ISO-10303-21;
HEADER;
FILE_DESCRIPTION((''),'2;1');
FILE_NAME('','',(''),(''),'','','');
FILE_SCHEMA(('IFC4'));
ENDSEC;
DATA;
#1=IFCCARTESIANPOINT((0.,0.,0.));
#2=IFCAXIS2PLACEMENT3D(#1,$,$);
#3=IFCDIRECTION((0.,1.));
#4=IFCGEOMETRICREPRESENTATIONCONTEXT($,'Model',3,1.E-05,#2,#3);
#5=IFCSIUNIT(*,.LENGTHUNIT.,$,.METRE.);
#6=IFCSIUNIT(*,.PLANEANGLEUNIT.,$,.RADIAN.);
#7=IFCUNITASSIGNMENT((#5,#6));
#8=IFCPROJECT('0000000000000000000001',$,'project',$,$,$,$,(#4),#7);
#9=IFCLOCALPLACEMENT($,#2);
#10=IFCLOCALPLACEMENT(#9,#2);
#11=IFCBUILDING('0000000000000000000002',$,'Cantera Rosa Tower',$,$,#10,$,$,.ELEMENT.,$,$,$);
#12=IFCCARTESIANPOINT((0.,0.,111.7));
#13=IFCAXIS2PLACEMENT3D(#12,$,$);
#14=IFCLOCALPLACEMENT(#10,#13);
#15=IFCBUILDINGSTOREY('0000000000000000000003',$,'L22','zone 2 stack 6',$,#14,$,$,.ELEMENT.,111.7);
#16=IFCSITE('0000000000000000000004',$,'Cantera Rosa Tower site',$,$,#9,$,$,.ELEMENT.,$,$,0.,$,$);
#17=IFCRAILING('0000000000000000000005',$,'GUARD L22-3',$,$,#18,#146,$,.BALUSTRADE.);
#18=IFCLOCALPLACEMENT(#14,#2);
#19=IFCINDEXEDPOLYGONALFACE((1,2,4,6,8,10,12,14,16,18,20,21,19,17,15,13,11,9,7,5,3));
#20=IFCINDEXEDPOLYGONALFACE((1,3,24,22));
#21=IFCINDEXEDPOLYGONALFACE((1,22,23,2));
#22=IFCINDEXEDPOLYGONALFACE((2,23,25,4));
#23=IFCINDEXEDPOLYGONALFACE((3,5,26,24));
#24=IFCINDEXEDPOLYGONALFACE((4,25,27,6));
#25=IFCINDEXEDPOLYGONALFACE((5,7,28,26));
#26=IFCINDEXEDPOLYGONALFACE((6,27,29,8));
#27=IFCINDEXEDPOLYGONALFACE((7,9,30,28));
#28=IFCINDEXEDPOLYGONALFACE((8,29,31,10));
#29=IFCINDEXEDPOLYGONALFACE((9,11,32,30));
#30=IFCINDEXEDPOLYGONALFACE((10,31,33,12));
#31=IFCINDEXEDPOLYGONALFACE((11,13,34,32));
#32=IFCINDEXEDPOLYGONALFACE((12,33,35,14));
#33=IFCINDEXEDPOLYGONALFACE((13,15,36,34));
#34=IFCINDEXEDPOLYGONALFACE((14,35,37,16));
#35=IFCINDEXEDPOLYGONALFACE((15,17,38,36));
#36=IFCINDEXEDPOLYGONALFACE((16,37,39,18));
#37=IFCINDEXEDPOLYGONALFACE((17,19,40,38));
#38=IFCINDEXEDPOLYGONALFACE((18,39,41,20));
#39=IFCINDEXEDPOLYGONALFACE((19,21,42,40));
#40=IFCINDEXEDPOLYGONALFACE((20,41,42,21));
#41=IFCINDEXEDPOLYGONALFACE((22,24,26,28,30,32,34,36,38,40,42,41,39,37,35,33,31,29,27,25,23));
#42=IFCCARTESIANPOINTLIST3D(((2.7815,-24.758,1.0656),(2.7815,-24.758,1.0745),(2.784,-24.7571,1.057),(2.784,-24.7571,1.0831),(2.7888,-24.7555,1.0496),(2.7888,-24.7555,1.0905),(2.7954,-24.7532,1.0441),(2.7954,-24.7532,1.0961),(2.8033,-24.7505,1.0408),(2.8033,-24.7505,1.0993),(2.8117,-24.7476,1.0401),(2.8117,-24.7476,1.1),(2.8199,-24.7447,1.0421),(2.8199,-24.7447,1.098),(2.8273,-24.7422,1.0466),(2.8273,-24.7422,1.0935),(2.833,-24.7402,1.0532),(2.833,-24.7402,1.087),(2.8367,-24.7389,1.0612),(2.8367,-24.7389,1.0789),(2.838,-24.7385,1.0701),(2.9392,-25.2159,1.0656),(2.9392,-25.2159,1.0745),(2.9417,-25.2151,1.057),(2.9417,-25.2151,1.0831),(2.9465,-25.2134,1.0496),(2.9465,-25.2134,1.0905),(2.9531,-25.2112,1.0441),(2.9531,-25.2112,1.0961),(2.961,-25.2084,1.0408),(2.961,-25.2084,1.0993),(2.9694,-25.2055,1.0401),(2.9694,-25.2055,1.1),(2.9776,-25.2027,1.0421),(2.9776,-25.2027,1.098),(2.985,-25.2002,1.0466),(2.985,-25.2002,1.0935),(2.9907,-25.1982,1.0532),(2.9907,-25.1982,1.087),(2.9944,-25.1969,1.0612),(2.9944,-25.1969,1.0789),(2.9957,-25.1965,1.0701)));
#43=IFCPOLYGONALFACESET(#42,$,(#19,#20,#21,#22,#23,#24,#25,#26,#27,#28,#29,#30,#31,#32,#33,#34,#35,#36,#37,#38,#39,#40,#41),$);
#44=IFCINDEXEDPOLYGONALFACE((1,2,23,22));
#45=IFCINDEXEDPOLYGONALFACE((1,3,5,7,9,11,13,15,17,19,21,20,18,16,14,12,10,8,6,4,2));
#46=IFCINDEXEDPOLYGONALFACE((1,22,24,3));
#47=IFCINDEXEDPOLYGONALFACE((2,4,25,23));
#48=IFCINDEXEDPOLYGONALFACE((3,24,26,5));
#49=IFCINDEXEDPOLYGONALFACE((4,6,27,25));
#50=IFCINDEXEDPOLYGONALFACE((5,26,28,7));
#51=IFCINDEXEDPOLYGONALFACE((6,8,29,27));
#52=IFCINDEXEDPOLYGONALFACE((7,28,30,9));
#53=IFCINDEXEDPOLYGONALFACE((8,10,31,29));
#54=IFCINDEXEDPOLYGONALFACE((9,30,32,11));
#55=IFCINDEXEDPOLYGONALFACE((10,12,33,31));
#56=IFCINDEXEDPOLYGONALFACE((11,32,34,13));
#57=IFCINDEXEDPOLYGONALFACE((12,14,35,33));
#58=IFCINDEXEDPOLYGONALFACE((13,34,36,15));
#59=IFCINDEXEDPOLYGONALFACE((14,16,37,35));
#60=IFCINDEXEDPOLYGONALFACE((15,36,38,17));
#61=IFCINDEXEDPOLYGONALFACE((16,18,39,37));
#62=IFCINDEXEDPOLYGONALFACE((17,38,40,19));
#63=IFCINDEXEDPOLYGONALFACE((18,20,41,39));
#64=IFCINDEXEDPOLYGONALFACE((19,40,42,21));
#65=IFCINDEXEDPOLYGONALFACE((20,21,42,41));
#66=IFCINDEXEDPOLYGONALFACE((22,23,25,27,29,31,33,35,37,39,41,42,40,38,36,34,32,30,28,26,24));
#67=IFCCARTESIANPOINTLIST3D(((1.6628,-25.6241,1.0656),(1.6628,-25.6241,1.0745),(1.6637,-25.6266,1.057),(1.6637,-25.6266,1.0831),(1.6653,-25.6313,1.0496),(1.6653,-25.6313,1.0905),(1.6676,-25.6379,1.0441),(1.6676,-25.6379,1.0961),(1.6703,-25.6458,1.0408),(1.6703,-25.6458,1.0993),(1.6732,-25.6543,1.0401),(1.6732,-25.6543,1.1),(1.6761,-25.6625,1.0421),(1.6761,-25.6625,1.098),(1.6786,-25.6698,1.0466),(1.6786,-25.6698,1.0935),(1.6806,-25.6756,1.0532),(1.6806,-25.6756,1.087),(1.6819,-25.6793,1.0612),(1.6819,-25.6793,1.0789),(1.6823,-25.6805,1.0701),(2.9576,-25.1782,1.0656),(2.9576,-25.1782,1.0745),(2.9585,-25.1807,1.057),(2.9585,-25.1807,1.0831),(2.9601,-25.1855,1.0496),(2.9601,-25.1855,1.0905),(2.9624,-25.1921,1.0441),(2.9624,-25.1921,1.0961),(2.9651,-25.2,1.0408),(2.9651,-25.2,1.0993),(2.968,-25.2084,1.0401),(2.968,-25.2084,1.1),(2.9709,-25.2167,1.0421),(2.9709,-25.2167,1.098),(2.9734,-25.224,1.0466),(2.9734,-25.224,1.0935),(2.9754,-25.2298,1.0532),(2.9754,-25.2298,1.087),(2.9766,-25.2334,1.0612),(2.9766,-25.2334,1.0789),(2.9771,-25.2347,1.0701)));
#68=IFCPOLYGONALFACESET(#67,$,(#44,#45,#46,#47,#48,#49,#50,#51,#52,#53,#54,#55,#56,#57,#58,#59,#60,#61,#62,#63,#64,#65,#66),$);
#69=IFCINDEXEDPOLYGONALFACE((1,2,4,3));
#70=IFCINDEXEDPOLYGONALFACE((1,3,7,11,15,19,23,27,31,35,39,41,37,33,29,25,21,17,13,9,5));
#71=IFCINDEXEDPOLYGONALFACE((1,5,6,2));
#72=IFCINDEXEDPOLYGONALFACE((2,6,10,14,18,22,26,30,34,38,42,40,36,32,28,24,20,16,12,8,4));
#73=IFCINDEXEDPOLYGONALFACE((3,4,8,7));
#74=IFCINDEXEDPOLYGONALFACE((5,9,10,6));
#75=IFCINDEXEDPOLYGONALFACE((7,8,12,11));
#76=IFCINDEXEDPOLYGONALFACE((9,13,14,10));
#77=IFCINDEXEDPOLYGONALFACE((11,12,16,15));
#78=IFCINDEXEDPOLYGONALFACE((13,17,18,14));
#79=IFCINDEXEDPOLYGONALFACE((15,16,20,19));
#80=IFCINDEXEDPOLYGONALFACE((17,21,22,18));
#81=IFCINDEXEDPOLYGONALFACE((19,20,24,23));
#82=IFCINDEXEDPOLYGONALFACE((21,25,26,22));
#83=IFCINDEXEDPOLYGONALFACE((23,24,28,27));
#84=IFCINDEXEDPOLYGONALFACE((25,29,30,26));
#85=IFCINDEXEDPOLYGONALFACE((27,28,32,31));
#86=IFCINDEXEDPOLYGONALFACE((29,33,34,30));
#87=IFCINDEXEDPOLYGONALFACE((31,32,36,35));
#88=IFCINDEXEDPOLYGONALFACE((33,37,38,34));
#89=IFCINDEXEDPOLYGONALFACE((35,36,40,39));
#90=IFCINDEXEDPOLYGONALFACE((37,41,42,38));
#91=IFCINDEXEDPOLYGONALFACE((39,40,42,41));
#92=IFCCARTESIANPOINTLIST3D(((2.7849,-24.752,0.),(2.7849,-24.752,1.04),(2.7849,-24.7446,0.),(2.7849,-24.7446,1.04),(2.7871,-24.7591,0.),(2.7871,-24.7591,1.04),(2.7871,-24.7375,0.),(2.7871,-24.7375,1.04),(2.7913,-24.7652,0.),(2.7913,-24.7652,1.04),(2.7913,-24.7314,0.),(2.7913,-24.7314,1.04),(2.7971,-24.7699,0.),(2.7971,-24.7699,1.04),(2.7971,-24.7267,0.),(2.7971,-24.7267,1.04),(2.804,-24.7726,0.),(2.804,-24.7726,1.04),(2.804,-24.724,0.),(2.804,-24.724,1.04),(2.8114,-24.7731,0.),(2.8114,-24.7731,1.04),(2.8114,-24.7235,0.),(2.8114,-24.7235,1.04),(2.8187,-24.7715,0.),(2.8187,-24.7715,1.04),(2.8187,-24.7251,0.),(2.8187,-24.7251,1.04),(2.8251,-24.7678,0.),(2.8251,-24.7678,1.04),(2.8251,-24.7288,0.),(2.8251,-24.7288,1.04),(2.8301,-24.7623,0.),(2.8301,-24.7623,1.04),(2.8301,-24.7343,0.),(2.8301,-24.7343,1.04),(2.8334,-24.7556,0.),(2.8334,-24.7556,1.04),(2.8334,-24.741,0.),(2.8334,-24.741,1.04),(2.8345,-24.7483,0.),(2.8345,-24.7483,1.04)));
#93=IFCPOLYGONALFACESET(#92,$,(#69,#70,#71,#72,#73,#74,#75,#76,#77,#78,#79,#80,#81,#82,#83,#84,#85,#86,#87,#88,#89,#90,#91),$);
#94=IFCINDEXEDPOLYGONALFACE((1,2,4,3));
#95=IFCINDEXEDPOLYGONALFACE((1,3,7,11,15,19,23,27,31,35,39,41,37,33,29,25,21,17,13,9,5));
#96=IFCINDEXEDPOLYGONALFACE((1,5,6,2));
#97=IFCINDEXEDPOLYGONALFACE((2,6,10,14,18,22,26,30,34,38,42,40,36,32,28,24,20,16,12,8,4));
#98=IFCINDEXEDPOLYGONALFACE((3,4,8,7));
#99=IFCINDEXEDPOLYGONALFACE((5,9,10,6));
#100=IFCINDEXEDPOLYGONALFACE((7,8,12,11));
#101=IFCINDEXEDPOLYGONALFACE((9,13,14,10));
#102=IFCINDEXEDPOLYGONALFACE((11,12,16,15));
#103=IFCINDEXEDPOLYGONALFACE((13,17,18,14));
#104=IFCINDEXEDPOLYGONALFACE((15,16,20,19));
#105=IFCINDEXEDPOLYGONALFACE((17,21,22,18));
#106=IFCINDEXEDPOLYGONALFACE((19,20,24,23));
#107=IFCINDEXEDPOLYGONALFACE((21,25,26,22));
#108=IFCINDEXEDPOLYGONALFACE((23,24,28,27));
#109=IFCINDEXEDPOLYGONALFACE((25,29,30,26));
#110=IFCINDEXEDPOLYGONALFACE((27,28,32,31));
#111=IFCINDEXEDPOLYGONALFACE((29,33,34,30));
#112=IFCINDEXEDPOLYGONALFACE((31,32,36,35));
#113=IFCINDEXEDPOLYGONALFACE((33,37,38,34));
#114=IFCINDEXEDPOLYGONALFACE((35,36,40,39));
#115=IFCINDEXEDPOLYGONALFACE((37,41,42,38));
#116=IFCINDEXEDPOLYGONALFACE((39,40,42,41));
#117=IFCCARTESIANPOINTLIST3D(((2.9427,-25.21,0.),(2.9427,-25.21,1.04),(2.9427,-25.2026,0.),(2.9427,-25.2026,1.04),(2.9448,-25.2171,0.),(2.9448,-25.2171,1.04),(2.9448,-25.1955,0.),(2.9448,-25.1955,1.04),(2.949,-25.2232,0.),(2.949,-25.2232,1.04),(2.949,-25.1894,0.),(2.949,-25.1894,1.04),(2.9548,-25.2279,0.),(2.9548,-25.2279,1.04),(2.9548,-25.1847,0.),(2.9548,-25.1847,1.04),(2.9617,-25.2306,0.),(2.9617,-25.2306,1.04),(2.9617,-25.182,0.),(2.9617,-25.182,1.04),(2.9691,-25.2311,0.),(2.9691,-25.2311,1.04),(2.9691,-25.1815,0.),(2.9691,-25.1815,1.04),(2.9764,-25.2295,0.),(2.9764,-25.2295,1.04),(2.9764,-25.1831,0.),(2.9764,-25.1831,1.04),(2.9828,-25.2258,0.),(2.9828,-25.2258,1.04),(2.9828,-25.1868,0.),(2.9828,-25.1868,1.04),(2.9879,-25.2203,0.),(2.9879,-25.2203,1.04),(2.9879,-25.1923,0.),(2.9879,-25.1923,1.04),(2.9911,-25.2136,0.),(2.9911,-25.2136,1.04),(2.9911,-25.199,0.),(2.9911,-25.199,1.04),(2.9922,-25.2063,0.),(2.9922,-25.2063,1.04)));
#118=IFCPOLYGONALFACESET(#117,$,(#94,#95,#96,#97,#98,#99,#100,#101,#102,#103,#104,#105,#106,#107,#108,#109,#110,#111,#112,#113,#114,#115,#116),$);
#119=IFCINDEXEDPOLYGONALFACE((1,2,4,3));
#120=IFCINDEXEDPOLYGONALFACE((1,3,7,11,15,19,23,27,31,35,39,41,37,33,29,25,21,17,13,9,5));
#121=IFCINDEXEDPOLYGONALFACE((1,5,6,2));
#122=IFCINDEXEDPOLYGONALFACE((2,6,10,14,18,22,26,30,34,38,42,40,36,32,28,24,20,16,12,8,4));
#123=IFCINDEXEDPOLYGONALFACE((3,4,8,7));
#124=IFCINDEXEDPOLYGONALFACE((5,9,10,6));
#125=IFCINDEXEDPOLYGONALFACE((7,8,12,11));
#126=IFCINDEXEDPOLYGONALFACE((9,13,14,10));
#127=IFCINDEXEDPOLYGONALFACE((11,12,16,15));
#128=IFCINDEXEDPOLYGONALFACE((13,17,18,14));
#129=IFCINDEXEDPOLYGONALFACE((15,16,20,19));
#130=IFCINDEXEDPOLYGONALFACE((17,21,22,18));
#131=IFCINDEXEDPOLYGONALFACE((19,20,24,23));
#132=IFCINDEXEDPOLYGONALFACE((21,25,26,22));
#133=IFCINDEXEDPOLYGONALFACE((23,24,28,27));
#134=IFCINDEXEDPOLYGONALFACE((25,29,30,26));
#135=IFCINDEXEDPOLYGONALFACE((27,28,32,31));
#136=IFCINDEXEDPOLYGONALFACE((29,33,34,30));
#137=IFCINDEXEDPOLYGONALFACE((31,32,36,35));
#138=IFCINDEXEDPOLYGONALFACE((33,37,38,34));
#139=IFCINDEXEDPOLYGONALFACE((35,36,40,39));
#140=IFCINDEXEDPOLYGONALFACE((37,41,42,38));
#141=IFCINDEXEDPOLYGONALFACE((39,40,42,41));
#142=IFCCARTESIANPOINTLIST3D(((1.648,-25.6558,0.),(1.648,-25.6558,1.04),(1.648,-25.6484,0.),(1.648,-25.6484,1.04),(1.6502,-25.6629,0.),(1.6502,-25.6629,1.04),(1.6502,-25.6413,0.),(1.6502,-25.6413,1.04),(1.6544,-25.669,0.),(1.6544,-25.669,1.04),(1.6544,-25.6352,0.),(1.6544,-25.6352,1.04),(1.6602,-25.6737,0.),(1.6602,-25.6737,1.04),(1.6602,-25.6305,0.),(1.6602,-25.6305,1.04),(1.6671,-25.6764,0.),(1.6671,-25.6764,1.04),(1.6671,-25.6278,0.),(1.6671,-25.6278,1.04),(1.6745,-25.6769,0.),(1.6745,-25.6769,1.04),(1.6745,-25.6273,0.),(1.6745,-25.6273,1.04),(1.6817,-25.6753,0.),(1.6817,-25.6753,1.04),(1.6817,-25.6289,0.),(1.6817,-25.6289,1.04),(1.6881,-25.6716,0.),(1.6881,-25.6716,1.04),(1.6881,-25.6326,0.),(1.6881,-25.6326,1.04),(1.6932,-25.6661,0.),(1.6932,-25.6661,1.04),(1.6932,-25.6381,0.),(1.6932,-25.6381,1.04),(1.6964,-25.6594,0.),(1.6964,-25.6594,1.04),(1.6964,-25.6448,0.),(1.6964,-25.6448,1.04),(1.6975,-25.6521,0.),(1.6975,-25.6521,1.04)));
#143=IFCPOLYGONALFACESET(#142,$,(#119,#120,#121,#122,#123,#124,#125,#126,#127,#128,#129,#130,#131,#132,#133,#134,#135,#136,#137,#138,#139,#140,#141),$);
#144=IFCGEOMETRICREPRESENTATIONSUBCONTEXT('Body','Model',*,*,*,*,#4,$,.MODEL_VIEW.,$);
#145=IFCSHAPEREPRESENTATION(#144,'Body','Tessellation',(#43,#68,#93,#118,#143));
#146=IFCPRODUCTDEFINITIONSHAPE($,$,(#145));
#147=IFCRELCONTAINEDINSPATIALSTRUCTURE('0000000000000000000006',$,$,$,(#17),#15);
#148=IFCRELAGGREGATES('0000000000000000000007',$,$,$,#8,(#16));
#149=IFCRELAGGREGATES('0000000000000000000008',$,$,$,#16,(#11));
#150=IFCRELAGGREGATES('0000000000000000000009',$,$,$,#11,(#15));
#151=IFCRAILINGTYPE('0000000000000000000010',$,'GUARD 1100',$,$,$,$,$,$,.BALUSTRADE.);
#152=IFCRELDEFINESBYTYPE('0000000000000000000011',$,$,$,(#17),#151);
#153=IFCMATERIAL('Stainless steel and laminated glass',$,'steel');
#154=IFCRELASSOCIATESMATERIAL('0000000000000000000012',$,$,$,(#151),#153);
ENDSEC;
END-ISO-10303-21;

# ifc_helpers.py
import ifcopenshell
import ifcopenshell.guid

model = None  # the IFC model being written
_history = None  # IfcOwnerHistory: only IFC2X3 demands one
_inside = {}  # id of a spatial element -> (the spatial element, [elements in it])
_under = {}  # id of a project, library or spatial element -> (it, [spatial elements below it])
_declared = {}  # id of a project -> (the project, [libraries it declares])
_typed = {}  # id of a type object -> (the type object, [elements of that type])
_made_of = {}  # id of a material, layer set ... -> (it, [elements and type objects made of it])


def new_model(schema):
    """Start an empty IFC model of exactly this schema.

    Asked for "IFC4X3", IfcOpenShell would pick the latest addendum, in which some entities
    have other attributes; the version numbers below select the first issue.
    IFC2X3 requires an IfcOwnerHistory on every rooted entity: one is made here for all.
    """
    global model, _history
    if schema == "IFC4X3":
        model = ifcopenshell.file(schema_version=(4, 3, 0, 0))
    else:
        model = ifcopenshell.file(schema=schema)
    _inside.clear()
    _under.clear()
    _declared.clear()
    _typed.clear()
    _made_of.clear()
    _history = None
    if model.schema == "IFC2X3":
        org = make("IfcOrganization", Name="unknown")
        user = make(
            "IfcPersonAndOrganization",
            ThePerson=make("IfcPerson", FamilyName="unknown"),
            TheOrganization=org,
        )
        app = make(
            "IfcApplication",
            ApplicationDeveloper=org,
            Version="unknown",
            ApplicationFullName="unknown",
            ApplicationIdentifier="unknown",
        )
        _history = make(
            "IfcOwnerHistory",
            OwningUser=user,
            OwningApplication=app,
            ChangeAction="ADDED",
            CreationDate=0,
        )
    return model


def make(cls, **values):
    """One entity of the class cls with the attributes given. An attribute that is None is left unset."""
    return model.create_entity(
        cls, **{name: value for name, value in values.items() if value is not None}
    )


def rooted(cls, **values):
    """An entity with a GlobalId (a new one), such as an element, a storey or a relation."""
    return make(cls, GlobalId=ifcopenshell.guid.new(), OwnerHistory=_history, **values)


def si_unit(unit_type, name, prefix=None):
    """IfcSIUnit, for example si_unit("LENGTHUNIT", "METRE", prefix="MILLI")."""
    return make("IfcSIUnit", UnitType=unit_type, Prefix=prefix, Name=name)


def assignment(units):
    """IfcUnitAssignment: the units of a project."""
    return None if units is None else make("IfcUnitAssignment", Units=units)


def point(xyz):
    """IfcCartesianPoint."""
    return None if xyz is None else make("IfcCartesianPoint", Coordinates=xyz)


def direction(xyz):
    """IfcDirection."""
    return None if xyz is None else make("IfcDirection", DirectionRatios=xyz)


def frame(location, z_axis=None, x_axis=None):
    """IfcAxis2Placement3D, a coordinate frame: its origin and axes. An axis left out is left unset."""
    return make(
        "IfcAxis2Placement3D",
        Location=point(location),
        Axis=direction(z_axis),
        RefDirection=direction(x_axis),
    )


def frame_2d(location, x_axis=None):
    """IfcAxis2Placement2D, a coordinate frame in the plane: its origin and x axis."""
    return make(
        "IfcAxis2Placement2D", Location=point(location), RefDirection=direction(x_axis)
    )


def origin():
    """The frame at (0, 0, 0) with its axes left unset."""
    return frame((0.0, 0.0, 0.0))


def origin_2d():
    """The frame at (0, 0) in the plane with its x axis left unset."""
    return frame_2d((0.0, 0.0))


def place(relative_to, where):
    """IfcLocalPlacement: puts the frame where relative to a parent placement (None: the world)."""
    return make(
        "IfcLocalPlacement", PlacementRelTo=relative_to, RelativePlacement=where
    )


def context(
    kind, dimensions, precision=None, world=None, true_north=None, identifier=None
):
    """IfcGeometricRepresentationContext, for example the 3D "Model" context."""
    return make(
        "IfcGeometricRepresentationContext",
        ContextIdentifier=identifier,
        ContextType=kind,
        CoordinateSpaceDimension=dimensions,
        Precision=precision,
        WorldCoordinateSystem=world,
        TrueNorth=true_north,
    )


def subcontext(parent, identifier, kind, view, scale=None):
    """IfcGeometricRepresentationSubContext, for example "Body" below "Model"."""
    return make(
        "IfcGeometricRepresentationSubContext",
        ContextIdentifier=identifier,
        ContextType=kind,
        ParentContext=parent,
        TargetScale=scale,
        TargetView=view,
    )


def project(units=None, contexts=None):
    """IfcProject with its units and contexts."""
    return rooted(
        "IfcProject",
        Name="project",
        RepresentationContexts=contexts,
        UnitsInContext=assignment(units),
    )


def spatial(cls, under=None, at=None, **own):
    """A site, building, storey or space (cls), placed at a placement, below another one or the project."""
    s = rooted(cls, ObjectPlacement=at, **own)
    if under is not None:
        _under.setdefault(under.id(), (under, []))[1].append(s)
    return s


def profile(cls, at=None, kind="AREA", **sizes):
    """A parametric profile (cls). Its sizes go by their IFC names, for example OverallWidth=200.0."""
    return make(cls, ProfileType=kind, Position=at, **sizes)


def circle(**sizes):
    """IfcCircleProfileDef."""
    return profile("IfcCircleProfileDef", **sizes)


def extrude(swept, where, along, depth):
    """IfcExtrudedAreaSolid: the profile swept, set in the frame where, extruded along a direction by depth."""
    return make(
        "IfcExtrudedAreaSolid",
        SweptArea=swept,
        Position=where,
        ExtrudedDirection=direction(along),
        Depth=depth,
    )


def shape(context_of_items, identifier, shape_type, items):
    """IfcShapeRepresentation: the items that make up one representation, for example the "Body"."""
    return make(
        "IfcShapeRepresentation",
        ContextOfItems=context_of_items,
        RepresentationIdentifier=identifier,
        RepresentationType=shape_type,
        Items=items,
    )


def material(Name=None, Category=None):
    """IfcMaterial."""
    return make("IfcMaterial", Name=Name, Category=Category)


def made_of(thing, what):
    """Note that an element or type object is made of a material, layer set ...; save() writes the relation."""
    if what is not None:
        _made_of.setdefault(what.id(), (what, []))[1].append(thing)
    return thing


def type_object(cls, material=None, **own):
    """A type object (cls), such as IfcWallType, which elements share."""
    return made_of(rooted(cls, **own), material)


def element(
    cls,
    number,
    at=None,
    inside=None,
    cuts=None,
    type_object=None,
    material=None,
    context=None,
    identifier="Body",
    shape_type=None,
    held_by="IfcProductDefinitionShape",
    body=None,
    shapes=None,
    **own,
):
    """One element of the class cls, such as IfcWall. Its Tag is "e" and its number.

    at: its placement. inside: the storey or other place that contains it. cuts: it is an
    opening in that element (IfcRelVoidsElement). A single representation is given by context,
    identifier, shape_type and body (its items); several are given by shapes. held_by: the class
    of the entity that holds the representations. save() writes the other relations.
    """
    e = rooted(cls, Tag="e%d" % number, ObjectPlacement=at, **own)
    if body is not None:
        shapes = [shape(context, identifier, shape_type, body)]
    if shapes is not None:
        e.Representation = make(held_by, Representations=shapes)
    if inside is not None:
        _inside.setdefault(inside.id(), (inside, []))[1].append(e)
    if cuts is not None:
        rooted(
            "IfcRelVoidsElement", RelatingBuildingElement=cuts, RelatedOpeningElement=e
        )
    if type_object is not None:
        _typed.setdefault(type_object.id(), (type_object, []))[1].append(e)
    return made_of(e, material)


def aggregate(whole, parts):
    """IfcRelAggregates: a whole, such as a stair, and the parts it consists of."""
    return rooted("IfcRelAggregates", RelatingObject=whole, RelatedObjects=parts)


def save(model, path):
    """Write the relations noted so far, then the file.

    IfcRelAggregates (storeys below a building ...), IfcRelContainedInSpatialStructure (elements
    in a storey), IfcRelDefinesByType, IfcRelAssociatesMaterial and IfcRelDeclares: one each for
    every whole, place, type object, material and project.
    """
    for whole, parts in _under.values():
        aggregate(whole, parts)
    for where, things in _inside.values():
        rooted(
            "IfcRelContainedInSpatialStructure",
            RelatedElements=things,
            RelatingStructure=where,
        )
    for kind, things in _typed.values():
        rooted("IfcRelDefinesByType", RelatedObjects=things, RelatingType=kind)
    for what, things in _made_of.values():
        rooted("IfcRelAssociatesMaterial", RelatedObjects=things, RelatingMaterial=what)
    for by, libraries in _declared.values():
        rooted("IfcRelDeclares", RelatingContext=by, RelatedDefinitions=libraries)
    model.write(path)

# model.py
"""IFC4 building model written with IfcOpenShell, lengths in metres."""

from ifc_helpers import new_model, si_unit, direction, frame, origin, origin_2d, place, context, subcontext, project, spatial, circle, extrude, material, type_object, element, save


model = new_model("IFC4")

# Units and contexts
model_context = context("Model", 3, precision=1e-05, world=origin(), true_north=direction((0.0, 1.0)))
body_context = subcontext(model_context, "Body", "Model", "MODEL_VIEW")
ifc_project = project(units=[si_unit("LENGTHUNIT", "METRE"), si_unit("PLANEANGLEUNIT", "RADIAN")], contexts=[model_context])

# Site, building, storey
site_placement = place(None, origin())
site = spatial("IfcSite", under=ifc_project, at=site_placement, Name="Cantera Rosa Tower site", CompositionType="ELEMENT", RefElevation=0.0)
building_placement = place(site_placement, origin())
building = spatial("IfcBuilding", under=site, at=building_placement, Name="Cantera Rosa Tower", CompositionType="ELEMENT")
storey_placement = place(building_placement, frame((0.0, 0.0, 111.7)))
storey = spatial("IfcBuildingStorey", under=building, at=storey_placement, Name="L22", Description="zone 2 stack 6", CompositionType="ELEMENT", Elevation=111.7)

# Railing
ifc_material_1 = material(Name="Stainless steel and laminated glass", Category="steel")
railing_type = type_object("IfcRailingType", Name="GUARD 1100", PredefinedType="BALUSTRADE", material=ifc_material_1)
railing_1_placement = place(storey_placement, frame((2.8096, -24.7483, 0.0)))
element("IfcRailing", 1, at=railing_1_placement, inside=storey, type_object=railing_type, Name="GUARD L22-3", PredefinedType="BALUSTRADE", context=body_context, shape_type="SweptSolid", body=[
    extrude(circle(Radius=0.03, at=origin_2d()), frame((0.0, 0.0, 1.0701), z_axis=(0.325587, -0.945512, 0.0), x_axis=(0.945512, 0.325587, 0.0)), (0.0, 0.0, 1.0), 0.4844),
    extrude(circle(Radius=0.03, at=origin_2d()), frame((0.1577, -0.458, 1.0701), z_axis=(-0.945517, -0.325573, 0.0), x_axis=(0.325573, -0.945517, 0.0)), (0.0, 0.0, 1.0), 1.3694),
    extrude(circle(Radius=0.0249, at=origin_2d()), origin(), (0.0, 0.0, 1.0), 1.04),
    extrude(circle(Radius=0.0249, at=origin_2d()), frame((0.1577, -0.458, 0.0)), (0.0, 0.0, 1.0), 1.04),
    extrude(circle(Radius=0.0249, at=origin_2d()), frame((-1.137, -0.9038, 0.0)), (0.0, 0.0, 1.0), 1.04),
])

save(model, "model.ifc")
